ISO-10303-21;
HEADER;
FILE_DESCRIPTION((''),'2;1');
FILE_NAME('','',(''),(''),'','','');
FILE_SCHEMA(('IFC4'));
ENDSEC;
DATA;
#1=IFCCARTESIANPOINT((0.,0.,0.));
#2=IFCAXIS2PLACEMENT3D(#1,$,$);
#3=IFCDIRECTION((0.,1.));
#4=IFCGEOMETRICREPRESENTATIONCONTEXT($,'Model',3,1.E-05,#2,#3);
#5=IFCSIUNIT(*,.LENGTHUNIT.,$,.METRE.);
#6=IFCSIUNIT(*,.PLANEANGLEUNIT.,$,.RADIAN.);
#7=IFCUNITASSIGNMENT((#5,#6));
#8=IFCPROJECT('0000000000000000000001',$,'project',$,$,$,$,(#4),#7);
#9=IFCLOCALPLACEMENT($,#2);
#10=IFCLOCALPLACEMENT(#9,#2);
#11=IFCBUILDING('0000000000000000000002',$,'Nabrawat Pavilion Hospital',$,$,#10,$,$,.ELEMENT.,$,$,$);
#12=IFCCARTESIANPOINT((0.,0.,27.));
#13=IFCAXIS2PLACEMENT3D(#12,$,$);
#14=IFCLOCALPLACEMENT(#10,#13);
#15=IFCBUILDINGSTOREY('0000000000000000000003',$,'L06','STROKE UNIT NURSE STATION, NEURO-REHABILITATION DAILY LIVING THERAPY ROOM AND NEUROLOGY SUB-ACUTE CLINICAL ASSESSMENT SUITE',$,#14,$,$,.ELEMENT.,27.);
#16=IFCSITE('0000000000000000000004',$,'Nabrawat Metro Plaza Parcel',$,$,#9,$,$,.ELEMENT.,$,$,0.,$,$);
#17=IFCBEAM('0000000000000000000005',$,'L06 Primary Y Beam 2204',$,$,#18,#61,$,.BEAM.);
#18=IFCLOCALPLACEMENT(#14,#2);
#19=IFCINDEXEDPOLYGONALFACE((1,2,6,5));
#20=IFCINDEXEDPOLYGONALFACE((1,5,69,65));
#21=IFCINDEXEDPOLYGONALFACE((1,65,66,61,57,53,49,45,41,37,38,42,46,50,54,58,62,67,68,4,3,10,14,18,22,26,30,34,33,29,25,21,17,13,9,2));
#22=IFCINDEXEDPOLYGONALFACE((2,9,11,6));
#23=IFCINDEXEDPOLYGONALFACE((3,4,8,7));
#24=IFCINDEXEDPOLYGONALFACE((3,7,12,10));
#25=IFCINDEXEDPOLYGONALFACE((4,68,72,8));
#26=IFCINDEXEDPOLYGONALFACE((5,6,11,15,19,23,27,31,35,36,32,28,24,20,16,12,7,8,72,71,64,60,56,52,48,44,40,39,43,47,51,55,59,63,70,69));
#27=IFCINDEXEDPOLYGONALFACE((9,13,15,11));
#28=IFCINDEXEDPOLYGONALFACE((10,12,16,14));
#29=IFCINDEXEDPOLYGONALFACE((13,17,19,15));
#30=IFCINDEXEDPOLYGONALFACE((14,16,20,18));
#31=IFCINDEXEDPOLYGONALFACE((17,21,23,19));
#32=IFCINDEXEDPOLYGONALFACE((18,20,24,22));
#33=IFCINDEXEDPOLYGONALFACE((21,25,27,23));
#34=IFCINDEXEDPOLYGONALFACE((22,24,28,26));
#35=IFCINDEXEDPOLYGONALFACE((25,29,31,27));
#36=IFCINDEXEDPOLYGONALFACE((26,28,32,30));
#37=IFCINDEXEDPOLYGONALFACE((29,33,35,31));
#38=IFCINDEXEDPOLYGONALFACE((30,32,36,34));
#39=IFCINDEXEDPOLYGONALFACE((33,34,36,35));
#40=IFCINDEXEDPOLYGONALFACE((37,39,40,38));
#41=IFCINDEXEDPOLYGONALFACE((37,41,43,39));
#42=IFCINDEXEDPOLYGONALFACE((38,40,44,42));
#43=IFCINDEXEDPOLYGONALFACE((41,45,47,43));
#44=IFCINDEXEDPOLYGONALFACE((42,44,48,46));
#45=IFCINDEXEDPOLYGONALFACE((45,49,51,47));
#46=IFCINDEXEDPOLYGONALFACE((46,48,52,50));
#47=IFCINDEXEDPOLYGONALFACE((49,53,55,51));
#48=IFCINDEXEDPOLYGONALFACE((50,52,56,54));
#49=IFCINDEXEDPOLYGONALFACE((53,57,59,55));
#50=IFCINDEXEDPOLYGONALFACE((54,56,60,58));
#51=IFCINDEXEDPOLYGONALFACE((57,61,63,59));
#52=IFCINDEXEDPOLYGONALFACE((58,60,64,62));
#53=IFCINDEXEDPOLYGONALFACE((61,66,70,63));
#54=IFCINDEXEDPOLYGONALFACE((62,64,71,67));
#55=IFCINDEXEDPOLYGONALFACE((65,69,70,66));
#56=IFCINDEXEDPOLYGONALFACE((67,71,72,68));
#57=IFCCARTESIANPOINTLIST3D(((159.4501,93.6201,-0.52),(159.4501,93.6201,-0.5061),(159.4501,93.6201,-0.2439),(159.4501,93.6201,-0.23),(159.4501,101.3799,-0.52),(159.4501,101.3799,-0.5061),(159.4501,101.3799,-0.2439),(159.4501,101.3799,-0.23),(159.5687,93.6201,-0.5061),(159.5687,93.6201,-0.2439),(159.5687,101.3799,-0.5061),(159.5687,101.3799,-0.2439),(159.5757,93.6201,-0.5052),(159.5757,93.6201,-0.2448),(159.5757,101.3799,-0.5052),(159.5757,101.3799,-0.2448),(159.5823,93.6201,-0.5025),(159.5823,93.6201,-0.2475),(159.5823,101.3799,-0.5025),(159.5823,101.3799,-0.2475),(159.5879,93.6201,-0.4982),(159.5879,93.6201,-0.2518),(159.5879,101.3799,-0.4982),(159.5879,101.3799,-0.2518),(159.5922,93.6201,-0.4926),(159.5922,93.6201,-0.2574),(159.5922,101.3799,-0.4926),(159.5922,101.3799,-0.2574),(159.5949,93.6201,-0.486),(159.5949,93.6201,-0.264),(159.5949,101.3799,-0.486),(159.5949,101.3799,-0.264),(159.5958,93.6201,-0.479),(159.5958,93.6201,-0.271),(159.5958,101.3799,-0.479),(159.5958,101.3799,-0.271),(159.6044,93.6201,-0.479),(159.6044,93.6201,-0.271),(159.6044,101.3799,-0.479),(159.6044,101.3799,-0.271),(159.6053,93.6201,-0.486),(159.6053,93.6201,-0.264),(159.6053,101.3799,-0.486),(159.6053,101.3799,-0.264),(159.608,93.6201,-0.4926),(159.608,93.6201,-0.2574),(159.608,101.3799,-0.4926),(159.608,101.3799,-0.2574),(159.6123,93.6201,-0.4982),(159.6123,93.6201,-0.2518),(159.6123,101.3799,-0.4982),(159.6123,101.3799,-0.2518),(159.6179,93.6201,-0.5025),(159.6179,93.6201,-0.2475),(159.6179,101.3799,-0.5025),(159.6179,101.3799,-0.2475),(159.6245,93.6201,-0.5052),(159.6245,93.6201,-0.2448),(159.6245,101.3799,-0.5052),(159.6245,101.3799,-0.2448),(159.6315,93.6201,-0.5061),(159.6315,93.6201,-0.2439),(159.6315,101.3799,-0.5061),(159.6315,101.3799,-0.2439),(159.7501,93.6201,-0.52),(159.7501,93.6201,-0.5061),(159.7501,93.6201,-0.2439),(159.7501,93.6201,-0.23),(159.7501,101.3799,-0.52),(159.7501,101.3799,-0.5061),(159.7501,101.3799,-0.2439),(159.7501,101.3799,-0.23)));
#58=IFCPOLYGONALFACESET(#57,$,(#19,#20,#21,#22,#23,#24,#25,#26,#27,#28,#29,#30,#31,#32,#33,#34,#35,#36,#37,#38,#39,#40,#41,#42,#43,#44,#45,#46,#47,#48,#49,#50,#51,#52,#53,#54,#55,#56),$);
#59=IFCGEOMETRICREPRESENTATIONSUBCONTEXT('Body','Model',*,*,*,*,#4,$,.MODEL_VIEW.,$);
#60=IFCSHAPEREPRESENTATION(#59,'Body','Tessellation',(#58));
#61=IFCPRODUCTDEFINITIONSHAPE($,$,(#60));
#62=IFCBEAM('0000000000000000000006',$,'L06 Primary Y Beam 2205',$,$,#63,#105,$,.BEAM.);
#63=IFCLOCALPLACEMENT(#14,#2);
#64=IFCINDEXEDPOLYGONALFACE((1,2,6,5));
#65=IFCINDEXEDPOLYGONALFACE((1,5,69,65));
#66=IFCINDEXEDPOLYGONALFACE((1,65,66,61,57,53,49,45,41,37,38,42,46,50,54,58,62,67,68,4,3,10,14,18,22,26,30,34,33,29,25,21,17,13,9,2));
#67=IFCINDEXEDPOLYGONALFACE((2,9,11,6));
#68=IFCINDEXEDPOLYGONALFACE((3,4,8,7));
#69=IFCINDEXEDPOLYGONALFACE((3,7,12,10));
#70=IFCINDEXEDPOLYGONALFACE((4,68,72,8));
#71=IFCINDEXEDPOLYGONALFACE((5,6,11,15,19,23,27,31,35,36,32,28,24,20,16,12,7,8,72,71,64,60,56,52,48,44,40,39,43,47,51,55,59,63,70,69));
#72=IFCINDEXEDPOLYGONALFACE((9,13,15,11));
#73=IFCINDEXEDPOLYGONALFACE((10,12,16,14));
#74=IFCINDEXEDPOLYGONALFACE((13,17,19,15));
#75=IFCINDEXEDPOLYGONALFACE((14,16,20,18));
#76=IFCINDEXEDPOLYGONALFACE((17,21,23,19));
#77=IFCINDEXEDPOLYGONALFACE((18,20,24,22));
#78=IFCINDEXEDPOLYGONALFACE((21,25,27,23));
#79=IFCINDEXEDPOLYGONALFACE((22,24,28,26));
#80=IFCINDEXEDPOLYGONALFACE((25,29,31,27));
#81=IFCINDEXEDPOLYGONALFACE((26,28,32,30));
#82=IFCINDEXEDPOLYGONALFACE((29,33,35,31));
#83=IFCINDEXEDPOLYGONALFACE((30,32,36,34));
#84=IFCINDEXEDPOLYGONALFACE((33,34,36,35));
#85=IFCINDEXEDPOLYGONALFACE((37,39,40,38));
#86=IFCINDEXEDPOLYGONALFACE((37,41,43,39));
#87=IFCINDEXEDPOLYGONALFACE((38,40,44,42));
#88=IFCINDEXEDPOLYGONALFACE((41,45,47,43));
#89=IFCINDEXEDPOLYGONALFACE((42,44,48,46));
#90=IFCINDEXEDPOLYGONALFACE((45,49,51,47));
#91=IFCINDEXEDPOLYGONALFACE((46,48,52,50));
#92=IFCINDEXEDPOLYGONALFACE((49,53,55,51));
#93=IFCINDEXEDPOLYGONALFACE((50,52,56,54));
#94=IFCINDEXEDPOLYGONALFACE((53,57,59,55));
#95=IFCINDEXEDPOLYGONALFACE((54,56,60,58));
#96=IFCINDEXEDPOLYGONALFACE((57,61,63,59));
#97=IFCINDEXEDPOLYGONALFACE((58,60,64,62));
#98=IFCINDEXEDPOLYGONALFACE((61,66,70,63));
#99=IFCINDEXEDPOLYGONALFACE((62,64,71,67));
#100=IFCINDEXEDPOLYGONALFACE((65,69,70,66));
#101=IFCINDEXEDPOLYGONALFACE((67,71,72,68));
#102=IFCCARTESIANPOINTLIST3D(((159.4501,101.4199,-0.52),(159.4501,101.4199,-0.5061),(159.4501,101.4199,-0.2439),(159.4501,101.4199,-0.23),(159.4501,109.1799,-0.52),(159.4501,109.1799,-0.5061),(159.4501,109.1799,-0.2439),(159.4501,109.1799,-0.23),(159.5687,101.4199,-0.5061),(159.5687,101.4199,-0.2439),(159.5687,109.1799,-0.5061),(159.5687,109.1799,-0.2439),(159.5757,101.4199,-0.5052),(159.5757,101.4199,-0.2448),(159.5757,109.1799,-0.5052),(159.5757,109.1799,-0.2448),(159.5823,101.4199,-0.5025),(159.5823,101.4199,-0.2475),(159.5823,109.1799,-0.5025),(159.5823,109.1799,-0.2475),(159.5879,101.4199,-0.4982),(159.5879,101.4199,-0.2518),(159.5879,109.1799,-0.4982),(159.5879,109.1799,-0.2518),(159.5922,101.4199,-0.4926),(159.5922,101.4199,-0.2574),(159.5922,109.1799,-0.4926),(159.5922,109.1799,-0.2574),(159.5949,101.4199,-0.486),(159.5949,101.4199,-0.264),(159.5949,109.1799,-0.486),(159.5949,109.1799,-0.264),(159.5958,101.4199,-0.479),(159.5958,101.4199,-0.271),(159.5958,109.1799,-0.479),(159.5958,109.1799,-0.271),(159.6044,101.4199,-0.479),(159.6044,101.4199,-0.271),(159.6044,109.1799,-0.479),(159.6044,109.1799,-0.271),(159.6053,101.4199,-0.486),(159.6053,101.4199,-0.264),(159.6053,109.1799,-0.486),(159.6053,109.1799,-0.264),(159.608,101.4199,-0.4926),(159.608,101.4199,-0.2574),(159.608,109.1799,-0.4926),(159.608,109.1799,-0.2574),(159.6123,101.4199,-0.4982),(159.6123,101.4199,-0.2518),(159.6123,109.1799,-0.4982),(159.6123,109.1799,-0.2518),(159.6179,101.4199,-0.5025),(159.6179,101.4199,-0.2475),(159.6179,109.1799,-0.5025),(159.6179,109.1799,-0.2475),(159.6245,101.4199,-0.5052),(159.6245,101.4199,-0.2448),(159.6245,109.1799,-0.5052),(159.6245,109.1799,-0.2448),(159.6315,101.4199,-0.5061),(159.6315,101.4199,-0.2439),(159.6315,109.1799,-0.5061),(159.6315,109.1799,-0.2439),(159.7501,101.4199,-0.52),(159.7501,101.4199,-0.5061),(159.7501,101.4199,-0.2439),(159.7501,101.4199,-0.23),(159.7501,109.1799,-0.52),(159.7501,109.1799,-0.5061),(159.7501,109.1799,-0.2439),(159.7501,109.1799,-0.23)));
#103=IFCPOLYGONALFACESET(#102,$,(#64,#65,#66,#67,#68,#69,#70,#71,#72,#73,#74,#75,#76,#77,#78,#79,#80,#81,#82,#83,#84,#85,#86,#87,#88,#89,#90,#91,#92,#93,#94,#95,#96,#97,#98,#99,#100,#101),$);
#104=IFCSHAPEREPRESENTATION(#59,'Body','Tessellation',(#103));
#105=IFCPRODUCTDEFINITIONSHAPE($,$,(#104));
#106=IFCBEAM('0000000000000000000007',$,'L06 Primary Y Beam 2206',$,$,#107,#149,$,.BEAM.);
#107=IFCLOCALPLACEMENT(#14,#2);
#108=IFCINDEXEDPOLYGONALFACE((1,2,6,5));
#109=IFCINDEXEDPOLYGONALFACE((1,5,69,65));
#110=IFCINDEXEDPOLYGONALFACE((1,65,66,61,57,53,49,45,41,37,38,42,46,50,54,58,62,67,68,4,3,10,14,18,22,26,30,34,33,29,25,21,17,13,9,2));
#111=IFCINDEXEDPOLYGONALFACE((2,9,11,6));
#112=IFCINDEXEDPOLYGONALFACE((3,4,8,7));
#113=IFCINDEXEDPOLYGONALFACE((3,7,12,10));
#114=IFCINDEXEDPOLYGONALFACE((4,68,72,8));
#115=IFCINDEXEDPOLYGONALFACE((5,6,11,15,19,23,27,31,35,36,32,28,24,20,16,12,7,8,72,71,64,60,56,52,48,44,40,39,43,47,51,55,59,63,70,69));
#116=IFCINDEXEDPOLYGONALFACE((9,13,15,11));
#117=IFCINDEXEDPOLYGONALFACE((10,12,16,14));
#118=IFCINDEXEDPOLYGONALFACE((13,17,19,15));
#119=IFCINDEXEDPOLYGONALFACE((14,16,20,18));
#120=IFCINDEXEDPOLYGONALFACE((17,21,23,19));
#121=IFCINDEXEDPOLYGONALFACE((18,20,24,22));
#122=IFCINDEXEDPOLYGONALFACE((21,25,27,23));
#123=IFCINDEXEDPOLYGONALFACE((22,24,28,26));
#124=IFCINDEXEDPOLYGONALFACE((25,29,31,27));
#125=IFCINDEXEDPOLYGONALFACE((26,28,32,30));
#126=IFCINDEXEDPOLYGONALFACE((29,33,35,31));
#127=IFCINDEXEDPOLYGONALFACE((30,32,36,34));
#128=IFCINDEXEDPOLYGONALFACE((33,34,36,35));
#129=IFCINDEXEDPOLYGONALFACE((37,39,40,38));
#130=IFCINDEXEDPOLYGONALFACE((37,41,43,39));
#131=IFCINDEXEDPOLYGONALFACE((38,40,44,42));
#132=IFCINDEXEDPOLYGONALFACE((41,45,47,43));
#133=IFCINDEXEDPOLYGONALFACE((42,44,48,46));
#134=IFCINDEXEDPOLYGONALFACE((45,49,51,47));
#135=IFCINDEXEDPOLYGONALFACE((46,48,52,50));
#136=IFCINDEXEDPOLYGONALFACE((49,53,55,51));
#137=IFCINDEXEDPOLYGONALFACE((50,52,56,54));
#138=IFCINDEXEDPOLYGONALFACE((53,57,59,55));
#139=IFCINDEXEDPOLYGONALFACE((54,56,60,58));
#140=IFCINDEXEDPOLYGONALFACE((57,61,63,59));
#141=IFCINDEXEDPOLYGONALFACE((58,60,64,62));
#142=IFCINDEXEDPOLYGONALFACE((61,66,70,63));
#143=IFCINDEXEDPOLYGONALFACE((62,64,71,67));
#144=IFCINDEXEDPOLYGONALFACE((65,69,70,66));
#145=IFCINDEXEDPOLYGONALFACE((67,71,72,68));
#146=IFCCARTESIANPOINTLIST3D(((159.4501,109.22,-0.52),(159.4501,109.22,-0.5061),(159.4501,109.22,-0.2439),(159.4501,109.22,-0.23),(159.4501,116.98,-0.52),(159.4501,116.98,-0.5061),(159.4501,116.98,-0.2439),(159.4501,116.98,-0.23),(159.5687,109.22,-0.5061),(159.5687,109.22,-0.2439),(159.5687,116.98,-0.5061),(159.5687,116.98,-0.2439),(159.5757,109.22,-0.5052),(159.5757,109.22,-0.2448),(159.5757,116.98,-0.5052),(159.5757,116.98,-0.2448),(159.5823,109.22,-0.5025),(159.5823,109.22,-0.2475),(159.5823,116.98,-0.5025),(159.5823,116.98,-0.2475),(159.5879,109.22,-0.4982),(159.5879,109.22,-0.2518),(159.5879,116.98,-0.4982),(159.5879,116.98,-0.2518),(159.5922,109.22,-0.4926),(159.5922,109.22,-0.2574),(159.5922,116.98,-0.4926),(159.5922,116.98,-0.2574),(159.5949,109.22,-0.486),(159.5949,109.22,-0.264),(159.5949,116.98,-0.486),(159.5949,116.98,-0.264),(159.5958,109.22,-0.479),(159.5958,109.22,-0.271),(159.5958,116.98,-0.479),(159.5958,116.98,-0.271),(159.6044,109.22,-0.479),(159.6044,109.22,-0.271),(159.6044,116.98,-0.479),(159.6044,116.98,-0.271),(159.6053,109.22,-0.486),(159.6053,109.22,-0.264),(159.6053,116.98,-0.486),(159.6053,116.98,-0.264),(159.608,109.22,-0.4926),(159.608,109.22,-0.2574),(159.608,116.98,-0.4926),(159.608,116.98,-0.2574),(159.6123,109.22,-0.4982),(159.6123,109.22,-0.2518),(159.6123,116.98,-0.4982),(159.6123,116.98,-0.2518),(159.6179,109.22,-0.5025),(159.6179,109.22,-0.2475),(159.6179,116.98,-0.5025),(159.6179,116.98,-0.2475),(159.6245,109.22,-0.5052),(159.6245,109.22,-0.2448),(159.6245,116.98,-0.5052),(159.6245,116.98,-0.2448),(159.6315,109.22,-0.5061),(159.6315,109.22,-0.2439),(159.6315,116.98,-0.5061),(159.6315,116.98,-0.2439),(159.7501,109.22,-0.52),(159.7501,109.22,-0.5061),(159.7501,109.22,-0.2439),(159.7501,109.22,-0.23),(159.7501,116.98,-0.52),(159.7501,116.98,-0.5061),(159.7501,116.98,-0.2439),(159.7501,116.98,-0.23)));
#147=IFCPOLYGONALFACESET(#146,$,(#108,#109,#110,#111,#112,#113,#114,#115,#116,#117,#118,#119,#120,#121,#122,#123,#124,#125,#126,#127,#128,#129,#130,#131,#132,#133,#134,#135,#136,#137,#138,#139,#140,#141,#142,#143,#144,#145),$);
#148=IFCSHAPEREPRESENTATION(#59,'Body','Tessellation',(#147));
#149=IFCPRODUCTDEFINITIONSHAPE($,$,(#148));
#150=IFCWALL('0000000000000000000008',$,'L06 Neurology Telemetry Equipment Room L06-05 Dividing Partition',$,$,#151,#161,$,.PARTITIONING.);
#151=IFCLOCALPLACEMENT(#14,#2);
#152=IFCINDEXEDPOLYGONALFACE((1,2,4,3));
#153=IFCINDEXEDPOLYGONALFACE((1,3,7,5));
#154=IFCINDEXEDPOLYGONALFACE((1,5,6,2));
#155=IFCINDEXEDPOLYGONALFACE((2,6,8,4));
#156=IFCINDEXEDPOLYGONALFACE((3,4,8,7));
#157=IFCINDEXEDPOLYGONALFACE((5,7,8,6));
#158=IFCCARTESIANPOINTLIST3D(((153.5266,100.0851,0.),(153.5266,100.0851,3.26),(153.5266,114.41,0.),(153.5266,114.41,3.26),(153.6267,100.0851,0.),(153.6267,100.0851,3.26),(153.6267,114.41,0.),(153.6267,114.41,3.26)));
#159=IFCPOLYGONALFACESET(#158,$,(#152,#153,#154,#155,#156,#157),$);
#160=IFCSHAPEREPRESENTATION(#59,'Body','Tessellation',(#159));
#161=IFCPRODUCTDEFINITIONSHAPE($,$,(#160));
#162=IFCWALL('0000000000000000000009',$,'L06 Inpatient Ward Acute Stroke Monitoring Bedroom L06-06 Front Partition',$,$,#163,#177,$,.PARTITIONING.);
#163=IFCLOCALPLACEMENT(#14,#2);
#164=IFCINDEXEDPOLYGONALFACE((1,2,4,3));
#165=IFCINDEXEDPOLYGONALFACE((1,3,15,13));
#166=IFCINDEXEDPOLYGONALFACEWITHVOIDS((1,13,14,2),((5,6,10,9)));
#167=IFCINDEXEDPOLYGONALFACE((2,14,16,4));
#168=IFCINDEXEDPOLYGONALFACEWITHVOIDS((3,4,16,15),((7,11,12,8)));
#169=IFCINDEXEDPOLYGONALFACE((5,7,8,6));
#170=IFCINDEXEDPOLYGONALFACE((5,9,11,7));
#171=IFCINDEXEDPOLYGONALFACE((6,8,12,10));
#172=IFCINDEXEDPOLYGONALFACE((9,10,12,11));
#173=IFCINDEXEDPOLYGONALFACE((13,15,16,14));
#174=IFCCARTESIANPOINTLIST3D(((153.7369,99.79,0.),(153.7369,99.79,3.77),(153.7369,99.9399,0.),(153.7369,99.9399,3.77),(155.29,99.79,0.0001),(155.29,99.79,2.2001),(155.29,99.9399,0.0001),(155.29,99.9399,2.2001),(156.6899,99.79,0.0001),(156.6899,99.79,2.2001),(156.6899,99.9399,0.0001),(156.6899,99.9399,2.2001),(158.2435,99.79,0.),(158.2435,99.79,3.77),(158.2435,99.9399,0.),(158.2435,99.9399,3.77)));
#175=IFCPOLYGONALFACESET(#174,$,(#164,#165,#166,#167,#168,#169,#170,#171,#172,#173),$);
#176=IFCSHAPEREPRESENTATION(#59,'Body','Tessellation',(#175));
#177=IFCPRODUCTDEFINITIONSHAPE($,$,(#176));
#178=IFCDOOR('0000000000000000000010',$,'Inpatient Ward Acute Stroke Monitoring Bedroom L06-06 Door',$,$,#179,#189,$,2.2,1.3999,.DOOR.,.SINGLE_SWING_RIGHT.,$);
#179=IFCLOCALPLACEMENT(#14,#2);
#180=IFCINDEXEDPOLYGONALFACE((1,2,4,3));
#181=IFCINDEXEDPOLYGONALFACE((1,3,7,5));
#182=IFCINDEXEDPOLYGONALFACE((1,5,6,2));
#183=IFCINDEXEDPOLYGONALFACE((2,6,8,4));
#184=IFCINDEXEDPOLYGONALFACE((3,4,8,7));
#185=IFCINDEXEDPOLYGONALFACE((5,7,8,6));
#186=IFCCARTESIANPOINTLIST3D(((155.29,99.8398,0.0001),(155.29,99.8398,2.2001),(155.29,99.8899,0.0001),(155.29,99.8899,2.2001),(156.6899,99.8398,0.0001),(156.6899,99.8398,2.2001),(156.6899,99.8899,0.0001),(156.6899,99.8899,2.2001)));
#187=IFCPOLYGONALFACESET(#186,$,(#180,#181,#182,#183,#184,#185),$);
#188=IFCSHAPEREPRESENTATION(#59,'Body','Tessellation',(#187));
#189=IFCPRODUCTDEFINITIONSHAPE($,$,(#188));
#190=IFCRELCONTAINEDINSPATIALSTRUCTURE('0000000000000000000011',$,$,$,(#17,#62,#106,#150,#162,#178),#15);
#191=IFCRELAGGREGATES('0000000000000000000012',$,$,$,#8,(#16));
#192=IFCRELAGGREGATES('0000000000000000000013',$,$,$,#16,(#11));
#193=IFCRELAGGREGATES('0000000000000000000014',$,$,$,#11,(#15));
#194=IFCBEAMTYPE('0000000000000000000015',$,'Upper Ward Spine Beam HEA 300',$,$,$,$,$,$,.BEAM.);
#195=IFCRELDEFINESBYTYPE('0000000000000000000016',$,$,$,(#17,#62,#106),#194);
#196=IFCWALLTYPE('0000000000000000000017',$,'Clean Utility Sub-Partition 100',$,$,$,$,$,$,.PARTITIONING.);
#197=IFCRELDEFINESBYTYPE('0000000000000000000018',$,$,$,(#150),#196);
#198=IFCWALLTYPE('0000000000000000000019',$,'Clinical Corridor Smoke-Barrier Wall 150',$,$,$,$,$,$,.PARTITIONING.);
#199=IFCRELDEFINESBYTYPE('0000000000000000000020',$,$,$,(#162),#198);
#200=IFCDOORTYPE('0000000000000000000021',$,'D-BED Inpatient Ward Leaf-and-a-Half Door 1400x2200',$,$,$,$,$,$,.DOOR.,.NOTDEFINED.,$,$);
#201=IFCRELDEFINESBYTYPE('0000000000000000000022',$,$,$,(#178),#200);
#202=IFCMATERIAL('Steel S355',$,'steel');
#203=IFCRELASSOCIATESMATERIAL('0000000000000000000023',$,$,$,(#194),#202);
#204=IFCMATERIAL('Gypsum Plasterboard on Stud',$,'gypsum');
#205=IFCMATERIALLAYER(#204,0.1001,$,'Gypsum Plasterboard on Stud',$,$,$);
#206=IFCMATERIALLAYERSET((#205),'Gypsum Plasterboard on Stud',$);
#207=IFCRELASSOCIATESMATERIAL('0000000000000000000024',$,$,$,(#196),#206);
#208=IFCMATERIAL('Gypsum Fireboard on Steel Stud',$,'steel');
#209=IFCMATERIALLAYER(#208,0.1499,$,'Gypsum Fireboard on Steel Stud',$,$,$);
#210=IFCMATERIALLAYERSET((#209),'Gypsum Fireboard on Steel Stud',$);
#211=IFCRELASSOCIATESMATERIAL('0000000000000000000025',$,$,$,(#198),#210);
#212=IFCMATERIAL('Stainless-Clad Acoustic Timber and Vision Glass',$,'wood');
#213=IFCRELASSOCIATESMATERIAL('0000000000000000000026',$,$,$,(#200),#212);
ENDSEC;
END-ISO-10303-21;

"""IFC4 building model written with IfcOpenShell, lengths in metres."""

from ifc_helpers import new_model, si_unit, direction, frame, frame_2d, origin, origin_2d, place, context, subcontext, project, spatial, rectangle, i_section, extrude, material, layer, layer_set, material_profile, profile_set, type_object, element, fill, save


model = new_model("IFC4")

# Units and contexts
model_context = context("Model", 3, precision=1e-05, world=origin(), true_north=direction((0.0, 1.0)))
body_context = subcontext(model_context, "Body", "Model", "MODEL_VIEW")
ifc_project = project(units=[si_unit("LENGTHUNIT", "METRE"), si_unit("PLANEANGLEUNIT", "RADIAN")], contexts=[model_context])

# Site, building, storey
site_placement = place(None, origin())
site = spatial("IfcSite", under=ifc_project, at=site_placement, Name="Nabrawat Metro Plaza Parcel", CompositionType="ELEMENT", RefElevation=0.0)
building_placement = place(site_placement, origin())
building = spatial("IfcBuilding", under=site, at=building_placement, Name="Nabrawat Pavilion Hospital", CompositionType="ELEMENT")
storey_placement = place(building_placement, frame((0.0, 0.0, 27.0)))
storey = spatial("IfcBuildingStorey", under=building, at=storey_placement, Name="L06", Description="STROKE UNIT NURSE STATION, NEURO-REHABILITATION DAILY LIVING THERAPY ROOM AND NEUROLOGY SUB-ACUTE CLINICAL ASSESSMENT SUITE", CompositionType="ELEMENT", Elevation=27.0)

# Shared definitions
ifc_material_1 = material(Name="Steel S355", Category="steel")

# Beams
ifc_material_profile_1 = material_profile(ifc_material_1, i_section(OverallWidth=0.3, OverallDepth=0.29, WebThickness=0.0085, FlangeThickness=0.0139, FilletRadius=0.0271, at=origin_2d()), Name="HEA 300")
ifc_profile_set_1 = profile_set([ifc_material_profile_1], Name="Steel S355")
beam_type_1 = type_object("IfcBeamType", Name="Upper Ward Spine Beam HEA 300", PredefinedType="BEAM", material=ifc_profile_set_1)
beam_1_placement = place(storey_placement, frame((159.6001, 93.6201, -0.375), z_axis=(0.0, 1.0, 0.0), x_axis=(-1.0, 0.0, 0.0)))
element("IfcBeam", 1, at=beam_1_placement, inside=storey, type_object=beam_type_1, Name="L06 Primary Y Beam 2204", PredefinedType="BEAM", context=body_context, shape_type="SweptSolid", body=[
    extrude(i_section(OverallWidth=0.3, OverallDepth=0.29, WebThickness=0.0085, FlangeThickness=0.0139, FilletRadius=0.0271, at=origin_2d()), origin(), (0.0, 0.0, 1.0), 7.7598),
])
for number, where, z_axis, x_axis, name in (
    (2, (159.6001, 101.4199, -0.375), (0.0, 1.0, 0.0), (-1.0, 0.0, 0.0), "L06 Primary Y Beam 2205"),
    (3, (159.6001, 109.22, -0.375), (0.0, 1.0, 0.0), (-1.0, 0.0, 0.0), "L06 Primary Y Beam 2206"),
):
    element("IfcBeam", number, at=place(storey_placement, frame(where, z_axis=z_axis, x_axis=x_axis)), inside=storey, type_object=beam_type_1, Name=name, PredefinedType="BEAM", context=body_context, shape_type="SweptSolid", body=[
        extrude(i_section(OverallWidth=0.3, OverallDepth=0.29, WebThickness=0.0085, FlangeThickness=0.0139, FilletRadius=0.0271, at=origin_2d()), origin(), (0.0, 0.0, 1.0), 7.76),
    ])

# Wall
ifc_material_2 = material(Name="Gypsum Plasterboard on Stud", Category="gypsum")
ifc_layer_1 = layer(ifc_material_2, 0.1001, Name="Gypsum Plasterboard on Stud")
ifc_layer_set_1 = layer_set([ifc_layer_1], Name="Gypsum Plasterboard on Stud")
wall_type_1 = type_object("IfcWallType", Name="Clean Utility Sub-Partition 100", PredefinedType="PARTITIONING", material=ifc_layer_set_1)
wall_1_placement = place(storey_placement, frame((153.5767, 100.085, 0.0), z_axis=(0.0, 0.0, 1.0), x_axis=(0.0, 1.0, 0.0)))
element("IfcWall", 4, at=wall_1_placement, inside=storey, type_object=wall_type_1, Name="L06 Neurology Telemetry Equipment Room L06-05 Dividing Partition", PredefinedType="PARTITIONING", context=body_context, shape_type="SweptSolid", body=[
    extrude(rectangle(XDim=14.325, YDim=0.1001, at=frame_2d((7.1626, 0.0))), origin(), (0.0, 0.0, 1.0), 3.26),
])

# Wall, opening, door
ifc_material_3 = material(Name="Gypsum Fireboard on Steel Stud", Category="steel")
ifc_layer_2 = layer(ifc_material_3, 0.1499, Name="Gypsum Fireboard on Steel Stud")
ifc_layer_set_2 = layer_set([ifc_layer_2], Name="Gypsum Fireboard on Steel Stud")
wall_type_2 = type_object("IfcWallType", Name="Clinical Corridor Smoke-Barrier Wall 150", PredefinedType="PARTITIONING", material=ifc_layer_set_2)
wall_2_placement = place(storey_placement, frame((153.7368, 99.865, 0.0), z_axis=(0.0, 0.0, 1.0), x_axis=(1.0, 0.0, 0.0)))
wall_2 = element("IfcWall", 5, at=wall_2_placement, inside=storey, type_object=wall_type_2, Name="L06 Inpatient Ward Acute Stroke Monitoring Bedroom L06-06 Front Partition", PredefinedType="PARTITIONING", context=body_context, shape_type="SweptSolid", body=[
    extrude(rectangle(XDim=4.5066, YDim=0.1499, at=frame_2d((2.2534, 0.0))), origin(), (0.0, 0.0, 1.0), 3.77),
])
opening_1_placement = place(wall_2_placement, frame((1.5532, 0.0, 0.0)))
opening_1 = element("IfcOpeningElement", 6, at=opening_1_placement, cuts=wall_2, PredefinedType="OPENING", context=body_context, shape_type="SweptSolid", body=[
    extrude(rectangle(XDim=1.3999, YDim=2.2, at=frame_2d((0.7, 1.1001))), frame((0.0, 0.085, 0.0), z_axis=(0.0, -1.0, 0.0), x_axis=(1.0, 0.0, 0.0)), (0.0, 0.0, 1.0), 0.1699),
])
ifc_material_4 = material(Name="Stainless-Clad Acoustic Timber and Vision Glass", Category="wood")
door_type_1 = type_object("IfcDoorType", Name="D-BED Inpatient Ward Leaf-and-a-Half Door 1400x2200", OperationType="NOTDEFINED", PredefinedType="DOOR", material=ifc_material_4)
door_1_placement = place(opening_1_placement, origin())
door_1 = element("IfcDoor", 7, at=door_1_placement, inside=storey, type_object=door_type_1, Name="Inpatient Ward Acute Stroke Monitoring Bedroom L06-06 Door", OperationType="SINGLE_SWING_RIGHT", OverallHeight=2.2, OverallWidth=1.3999, PredefinedType="DOOR", context=body_context, shape_type="SweptSolid", body=[
    extrude(rectangle(XDim=1.3999, YDim=2.2, at=frame_2d((0.7, 1.1001))), frame((0.0, 0.0249, 0.0), z_axis=(0.0, -1.0, 0.0), x_axis=(1.0, 0.0, 0.0)), (0.0, 0.0, 1.0), 0.05),
])
fill(opening_1, door_1)

save(model, "model.ifc")
